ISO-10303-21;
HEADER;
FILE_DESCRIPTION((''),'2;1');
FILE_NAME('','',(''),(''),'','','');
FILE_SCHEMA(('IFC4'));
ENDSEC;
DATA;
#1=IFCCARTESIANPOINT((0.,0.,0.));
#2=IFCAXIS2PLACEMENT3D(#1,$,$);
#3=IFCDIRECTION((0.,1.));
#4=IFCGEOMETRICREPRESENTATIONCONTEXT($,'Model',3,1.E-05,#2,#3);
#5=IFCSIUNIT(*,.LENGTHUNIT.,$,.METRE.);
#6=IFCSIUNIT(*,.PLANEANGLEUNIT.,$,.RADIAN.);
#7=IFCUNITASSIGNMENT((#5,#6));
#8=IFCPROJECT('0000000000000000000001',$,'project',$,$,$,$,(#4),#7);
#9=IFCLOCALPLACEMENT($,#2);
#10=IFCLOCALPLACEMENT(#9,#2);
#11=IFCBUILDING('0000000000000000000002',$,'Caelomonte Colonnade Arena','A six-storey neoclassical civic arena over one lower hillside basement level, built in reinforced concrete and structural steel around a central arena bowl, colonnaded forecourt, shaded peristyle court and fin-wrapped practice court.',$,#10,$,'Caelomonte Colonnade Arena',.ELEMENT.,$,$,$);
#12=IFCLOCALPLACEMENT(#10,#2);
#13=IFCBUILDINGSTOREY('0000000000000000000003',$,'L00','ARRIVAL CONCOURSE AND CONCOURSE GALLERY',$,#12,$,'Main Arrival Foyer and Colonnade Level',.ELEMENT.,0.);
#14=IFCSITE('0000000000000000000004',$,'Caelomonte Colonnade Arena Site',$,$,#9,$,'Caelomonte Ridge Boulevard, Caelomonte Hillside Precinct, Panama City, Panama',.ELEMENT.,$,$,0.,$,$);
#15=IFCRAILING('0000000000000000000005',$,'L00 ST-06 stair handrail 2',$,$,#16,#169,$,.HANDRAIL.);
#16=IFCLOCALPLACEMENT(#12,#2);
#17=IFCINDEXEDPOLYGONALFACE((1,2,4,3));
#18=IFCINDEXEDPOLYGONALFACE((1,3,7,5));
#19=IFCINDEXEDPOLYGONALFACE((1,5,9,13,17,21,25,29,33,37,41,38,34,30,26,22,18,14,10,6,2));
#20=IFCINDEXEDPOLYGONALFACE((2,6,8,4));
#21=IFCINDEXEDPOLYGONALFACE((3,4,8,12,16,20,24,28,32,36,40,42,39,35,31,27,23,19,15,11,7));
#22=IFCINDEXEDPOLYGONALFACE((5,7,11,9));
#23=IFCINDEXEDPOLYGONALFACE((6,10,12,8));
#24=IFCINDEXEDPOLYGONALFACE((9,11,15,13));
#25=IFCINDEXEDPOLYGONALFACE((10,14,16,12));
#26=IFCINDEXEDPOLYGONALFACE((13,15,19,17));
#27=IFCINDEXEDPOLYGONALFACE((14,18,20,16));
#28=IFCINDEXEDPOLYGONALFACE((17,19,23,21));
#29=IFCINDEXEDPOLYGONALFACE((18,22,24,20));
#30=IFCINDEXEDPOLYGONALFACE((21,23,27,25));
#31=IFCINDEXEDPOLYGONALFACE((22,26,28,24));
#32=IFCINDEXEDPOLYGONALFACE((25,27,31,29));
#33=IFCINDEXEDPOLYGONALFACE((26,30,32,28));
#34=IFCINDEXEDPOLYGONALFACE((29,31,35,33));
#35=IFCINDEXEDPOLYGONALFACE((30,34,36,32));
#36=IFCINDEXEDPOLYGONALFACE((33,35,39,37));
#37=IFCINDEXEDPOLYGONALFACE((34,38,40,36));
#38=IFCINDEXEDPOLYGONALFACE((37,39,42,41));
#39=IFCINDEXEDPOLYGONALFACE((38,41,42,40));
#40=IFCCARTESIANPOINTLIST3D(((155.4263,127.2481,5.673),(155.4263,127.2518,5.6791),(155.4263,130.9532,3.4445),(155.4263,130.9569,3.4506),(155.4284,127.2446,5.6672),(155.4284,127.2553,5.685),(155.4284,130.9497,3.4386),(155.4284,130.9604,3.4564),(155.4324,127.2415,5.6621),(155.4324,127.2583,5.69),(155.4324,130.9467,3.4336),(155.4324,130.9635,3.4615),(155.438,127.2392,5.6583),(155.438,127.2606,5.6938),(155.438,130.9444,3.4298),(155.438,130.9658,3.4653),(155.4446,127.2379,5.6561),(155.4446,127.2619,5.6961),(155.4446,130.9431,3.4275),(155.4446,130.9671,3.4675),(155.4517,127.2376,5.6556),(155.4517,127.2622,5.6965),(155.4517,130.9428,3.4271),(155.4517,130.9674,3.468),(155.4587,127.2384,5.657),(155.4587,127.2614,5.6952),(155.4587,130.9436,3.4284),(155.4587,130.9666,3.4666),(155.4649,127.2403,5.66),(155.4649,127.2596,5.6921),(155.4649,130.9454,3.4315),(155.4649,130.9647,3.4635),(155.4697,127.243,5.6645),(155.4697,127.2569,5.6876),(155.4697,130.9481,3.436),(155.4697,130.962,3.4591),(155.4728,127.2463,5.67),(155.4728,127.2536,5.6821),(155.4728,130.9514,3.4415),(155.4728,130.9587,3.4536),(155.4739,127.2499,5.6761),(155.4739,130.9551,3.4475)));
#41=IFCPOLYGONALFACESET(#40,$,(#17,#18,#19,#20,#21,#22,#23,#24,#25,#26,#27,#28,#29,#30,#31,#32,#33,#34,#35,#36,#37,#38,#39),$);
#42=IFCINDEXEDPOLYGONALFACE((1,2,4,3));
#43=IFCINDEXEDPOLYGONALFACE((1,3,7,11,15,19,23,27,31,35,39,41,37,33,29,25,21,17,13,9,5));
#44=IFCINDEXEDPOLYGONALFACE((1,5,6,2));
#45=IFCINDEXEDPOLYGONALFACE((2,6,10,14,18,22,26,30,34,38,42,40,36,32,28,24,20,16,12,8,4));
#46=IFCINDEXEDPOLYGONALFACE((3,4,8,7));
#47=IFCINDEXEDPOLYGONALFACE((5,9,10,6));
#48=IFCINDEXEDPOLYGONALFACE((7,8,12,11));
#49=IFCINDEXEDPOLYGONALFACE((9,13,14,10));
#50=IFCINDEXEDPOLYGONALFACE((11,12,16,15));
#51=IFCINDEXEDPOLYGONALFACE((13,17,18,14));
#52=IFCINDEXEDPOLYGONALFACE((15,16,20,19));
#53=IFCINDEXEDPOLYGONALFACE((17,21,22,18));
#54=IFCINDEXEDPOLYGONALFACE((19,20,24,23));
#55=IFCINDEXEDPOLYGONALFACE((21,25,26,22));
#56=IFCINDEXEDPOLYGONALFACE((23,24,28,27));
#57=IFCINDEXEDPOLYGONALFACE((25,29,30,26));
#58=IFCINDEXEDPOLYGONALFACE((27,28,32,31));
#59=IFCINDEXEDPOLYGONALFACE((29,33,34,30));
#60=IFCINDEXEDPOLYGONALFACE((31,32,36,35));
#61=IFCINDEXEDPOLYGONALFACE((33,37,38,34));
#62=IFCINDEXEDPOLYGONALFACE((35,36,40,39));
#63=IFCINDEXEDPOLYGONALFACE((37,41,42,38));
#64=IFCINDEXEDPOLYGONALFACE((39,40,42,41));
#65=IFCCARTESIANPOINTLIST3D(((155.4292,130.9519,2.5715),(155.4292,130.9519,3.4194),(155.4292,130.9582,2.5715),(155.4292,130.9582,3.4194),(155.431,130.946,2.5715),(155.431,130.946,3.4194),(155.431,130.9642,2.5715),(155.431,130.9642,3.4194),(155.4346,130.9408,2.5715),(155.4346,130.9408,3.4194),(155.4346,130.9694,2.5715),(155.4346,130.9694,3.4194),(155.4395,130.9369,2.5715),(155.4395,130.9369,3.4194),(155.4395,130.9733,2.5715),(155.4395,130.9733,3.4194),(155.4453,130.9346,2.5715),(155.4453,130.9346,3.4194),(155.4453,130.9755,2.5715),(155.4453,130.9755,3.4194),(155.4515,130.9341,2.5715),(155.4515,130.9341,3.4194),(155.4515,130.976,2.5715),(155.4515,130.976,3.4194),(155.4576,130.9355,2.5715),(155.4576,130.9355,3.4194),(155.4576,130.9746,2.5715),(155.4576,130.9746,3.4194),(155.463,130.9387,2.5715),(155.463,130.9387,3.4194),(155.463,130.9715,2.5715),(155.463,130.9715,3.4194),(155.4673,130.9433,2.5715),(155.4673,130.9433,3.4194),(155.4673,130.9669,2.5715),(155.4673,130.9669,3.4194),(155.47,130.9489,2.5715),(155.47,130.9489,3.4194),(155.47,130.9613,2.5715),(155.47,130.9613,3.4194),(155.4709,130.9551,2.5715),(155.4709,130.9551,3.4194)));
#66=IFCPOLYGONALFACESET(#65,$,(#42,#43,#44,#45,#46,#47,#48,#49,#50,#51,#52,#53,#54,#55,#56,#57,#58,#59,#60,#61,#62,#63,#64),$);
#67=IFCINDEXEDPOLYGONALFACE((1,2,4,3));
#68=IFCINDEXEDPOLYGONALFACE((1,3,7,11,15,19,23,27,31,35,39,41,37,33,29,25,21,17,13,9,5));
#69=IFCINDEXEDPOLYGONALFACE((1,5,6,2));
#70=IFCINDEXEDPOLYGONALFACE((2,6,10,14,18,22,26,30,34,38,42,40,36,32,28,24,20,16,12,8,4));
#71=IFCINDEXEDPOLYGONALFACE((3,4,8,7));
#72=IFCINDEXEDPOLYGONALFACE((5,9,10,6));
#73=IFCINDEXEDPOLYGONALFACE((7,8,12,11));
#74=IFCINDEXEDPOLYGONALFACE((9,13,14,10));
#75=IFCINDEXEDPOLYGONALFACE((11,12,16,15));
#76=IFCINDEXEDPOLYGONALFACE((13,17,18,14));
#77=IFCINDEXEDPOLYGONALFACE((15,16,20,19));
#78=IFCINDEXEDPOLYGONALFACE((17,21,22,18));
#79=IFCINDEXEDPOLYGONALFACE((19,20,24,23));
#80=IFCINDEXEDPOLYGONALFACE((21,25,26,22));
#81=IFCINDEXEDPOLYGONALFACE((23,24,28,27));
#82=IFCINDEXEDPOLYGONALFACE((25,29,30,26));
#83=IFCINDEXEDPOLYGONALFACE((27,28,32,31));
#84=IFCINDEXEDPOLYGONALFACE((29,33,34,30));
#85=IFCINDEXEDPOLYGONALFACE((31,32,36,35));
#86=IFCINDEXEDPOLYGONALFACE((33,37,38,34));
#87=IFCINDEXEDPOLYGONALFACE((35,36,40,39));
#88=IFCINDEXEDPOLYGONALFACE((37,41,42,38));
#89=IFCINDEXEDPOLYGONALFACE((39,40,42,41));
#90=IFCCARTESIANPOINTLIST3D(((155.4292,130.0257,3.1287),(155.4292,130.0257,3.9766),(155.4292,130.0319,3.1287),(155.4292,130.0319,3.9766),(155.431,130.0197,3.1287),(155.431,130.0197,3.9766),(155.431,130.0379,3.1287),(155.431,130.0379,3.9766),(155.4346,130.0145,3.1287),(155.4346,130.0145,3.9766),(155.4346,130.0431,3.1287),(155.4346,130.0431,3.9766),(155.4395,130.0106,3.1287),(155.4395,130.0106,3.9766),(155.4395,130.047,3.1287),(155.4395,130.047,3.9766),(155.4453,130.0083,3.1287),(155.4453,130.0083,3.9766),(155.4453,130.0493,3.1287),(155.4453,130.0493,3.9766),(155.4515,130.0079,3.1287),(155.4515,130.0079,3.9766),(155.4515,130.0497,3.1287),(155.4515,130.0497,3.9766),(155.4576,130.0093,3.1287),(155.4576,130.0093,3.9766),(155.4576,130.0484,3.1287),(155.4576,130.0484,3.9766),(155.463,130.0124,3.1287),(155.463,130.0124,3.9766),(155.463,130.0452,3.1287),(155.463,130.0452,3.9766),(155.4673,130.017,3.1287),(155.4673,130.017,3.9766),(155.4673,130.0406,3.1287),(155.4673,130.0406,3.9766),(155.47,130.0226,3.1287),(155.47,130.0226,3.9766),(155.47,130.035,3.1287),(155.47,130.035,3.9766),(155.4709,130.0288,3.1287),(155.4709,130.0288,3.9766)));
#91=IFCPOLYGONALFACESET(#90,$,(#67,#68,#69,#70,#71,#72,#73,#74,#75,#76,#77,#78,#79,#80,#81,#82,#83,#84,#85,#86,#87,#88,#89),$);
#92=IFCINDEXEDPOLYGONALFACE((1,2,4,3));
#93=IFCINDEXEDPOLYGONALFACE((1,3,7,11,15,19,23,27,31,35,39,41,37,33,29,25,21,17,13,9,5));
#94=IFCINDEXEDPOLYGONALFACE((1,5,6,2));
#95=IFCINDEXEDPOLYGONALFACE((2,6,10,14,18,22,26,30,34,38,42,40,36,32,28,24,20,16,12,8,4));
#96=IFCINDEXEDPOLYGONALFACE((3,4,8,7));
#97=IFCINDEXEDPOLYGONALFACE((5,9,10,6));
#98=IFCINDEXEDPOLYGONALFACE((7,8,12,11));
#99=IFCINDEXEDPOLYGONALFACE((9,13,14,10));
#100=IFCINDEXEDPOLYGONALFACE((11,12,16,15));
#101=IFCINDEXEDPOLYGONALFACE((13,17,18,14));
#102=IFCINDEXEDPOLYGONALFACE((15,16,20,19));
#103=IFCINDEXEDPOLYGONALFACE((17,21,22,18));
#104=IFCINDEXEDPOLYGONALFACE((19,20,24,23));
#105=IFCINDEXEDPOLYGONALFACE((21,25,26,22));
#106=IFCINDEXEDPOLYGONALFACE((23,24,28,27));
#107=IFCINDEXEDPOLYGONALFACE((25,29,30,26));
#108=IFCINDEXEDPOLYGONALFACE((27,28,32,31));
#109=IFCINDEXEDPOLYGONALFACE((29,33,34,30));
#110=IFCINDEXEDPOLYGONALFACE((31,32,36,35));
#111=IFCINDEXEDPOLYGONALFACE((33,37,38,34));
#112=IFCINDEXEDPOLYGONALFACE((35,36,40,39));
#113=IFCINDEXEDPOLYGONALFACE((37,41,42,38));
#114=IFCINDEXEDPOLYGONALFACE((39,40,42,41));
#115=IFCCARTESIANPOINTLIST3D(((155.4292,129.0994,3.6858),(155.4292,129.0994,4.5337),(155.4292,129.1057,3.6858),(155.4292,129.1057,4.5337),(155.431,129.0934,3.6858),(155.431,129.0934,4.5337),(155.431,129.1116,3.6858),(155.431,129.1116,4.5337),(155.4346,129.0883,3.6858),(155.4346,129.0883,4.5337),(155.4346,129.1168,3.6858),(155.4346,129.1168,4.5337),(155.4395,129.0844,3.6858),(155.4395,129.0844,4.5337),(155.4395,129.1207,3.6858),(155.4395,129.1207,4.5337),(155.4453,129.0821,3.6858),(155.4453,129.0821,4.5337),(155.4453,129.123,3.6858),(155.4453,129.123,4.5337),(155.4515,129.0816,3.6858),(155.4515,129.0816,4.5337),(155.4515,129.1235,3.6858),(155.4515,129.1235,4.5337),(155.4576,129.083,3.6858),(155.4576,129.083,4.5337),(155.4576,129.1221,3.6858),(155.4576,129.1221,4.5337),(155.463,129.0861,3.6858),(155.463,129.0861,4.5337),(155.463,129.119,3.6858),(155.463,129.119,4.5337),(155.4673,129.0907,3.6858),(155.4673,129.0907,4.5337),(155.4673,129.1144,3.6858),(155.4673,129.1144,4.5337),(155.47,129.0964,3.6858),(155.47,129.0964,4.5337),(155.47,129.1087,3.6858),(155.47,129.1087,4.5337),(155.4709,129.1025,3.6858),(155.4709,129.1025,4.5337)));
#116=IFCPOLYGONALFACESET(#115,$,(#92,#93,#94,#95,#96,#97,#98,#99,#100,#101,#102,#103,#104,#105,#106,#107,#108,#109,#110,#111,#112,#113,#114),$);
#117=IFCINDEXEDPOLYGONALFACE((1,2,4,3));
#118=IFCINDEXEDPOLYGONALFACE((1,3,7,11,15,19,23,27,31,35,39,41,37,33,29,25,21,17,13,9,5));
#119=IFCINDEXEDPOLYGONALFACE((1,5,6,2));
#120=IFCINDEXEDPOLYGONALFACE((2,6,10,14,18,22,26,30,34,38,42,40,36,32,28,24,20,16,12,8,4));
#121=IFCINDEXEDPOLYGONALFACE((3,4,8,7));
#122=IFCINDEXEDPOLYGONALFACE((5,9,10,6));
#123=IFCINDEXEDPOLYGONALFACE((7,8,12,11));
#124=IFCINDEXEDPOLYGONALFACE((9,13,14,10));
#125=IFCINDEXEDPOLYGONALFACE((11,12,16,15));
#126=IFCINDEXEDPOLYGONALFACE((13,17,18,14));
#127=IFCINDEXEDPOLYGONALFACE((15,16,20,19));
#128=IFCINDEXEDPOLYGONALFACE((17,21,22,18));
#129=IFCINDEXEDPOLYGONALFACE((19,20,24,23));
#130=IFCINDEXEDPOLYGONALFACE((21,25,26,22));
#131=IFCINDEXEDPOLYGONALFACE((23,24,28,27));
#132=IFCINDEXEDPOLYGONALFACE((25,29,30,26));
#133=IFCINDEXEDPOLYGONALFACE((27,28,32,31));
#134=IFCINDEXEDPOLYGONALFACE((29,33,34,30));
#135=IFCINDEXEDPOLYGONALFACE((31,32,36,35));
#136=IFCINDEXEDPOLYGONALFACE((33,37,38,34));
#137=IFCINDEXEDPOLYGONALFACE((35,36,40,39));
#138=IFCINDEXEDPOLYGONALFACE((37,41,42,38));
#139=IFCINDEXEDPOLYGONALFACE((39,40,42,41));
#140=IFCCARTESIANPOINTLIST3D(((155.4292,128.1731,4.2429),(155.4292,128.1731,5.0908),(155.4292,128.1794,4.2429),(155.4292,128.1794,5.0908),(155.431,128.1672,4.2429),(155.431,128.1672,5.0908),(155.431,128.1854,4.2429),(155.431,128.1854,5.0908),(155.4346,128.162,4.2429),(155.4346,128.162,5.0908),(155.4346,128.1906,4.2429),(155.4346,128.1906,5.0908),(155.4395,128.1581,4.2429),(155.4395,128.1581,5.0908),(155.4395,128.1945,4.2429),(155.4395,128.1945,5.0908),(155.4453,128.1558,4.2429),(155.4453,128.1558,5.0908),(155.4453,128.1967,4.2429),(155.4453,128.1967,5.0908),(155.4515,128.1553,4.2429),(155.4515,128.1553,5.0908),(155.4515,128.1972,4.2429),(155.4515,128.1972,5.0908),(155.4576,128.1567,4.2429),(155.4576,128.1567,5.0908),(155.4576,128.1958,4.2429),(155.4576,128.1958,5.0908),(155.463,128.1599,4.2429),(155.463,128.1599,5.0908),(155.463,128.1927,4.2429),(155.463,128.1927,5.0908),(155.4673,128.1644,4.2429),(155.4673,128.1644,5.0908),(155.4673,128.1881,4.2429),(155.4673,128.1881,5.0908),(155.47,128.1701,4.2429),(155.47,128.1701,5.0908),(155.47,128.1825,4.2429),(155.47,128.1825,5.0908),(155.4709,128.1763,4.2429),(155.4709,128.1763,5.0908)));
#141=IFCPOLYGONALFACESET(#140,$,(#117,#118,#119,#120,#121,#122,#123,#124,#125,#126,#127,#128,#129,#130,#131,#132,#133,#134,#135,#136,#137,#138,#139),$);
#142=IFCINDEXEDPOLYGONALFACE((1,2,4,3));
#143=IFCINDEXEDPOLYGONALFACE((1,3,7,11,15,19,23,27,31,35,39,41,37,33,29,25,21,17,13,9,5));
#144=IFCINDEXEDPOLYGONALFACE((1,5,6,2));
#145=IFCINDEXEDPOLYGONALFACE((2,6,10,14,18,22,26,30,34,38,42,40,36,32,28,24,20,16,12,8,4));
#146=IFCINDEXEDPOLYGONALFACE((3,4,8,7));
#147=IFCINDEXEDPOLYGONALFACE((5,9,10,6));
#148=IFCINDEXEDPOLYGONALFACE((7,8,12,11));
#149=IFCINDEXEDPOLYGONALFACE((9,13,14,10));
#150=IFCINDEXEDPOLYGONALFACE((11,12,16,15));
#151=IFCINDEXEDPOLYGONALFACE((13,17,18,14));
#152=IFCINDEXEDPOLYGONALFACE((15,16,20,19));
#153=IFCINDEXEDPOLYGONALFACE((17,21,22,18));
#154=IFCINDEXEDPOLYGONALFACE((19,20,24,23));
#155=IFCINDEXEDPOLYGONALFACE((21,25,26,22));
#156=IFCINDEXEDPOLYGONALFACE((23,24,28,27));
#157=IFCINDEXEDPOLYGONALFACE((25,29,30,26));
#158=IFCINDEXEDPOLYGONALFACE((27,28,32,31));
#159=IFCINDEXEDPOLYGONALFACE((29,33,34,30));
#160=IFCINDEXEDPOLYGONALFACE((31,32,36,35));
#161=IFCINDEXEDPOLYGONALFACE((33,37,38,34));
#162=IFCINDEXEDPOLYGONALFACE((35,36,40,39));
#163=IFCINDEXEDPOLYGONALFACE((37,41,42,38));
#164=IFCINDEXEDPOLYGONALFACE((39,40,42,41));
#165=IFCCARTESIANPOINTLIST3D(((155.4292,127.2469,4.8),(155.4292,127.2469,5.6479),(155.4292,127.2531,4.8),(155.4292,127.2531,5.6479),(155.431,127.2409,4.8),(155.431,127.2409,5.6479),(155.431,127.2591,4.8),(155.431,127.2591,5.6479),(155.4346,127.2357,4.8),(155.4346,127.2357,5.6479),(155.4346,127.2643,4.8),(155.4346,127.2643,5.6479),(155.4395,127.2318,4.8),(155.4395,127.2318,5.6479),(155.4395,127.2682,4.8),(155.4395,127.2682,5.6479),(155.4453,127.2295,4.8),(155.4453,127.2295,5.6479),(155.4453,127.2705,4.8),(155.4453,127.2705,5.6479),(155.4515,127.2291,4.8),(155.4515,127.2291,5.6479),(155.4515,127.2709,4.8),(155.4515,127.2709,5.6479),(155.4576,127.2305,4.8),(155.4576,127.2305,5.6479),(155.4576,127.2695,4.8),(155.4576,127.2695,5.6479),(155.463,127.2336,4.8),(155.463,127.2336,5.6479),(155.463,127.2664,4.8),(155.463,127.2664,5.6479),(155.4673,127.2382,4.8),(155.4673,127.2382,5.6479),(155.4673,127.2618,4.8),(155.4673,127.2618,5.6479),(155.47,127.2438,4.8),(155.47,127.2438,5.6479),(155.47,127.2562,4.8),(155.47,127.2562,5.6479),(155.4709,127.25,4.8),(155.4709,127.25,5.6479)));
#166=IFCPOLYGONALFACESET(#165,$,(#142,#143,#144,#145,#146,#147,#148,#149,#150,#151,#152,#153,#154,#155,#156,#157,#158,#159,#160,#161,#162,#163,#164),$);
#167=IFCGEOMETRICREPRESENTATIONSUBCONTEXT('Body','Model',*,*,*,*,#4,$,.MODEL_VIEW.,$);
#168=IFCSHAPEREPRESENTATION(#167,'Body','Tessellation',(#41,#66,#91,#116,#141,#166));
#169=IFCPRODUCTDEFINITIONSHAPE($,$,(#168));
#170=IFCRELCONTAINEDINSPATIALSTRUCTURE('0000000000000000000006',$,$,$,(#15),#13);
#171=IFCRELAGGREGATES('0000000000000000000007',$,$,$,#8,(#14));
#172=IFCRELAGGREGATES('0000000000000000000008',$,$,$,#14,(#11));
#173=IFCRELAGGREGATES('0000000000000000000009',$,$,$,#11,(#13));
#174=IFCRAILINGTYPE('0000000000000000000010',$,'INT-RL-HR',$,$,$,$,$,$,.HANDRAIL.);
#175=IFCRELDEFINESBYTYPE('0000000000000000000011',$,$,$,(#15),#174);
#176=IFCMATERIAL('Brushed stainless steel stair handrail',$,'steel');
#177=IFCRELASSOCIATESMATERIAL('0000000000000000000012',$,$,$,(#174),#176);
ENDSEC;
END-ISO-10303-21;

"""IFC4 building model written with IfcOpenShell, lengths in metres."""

from ifc_helpers import new_model, si_unit, direction, frame, origin, origin_2d, place, context, subcontext, project, spatial, circle, extrude, material, type_object, element, save


model = new_model("IFC4")

# Units and contexts
model_context = context("Model", 3, precision=1e-05, world=origin(), true_north=direction((0.0, 1.0)))
body_context = subcontext(model_context, "Body", "Model", "MODEL_VIEW")
ifc_project = project(units=[si_unit("LENGTHUNIT", "METRE"), si_unit("PLANEANGLEUNIT", "RADIAN")], contexts=[model_context])

# Site, building, storey
site_placement = place(None, origin())
site = spatial("IfcSite", under=ifc_project, at=site_placement, Name="Caelomonte Colonnade Arena Site", LongName="Caelomonte Ridge Boulevard, Caelomonte Hillside Precinct, Panama City, Panama", CompositionType="ELEMENT", RefElevation=0.0)
building_placement = place(site_placement, origin())
building = spatial("IfcBuilding", under=site, at=building_placement, Name="Caelomonte Colonnade Arena", Description="A six-storey neoclassical civic arena over one lower hillside basement level, built in reinforced concrete and structural steel around a central arena bowl, colonnaded forecourt, shaded peristyle court and fin-wrapped practice court.", LongName="Caelomonte Colonnade Arena", CompositionType="ELEMENT")
storey_placement = place(building_placement, origin())
storey = spatial("IfcBuildingStorey", under=building, at=storey_placement, Name="L00", Description="ARRIVAL CONCOURSE AND CONCOURSE GALLERY", LongName="Main Arrival Foyer and Colonnade Level", CompositionType="ELEMENT", Elevation=0.0)

# Railing
ifc_material_1 = material(Name="Brushed stainless steel stair handrail", Category="steel")
railing_type_1 = type_object("IfcRailingType", Name="INT-RL-HR", PredefinedType="HANDRAIL", material=ifc_material_1)
railing_1_placement = place(storey_placement, frame((155.45, 130.9551, 2.5715)))
element("IfcRailing", 1, at=railing_1_placement, inside=storey, type_object=railing_type_1, Name="L00 ST-06 stair handrail 2", PredefinedType="HANDRAIL", context=body_context, shape_type="SweptSolid", body=[
    extrude(circle(Radius=0.0239, at=origin_2d()), frame((0.0, 0.0, 0.876), z_axis=(0.0, -0.856934, 0.515425), x_axis=(1.0, 0.0, 0.0)), (0.0, 0.0, 1.0), 4.3237),
    extrude(circle(Radius=0.021, at=origin_2d()), origin(), (0.0, 0.0, 1.0), 0.8479),
    extrude(circle(Radius=0.021, at=origin_2d()), frame((0.0, -0.9263, 0.5571)), (0.0, 0.0, 1.0), 0.8479),
    extrude(circle(Radius=0.021, at=origin_2d()), frame((0.0, -1.8525, 1.1143)), (0.0, 0.0, 1.0), 0.8479),
    extrude(circle(Radius=0.021, at=origin_2d()), frame((0.0, -2.7788, 1.6714)), (0.0, 0.0, 1.0), 0.8479),
    extrude(circle(Radius=0.021, at=origin_2d()), frame((0.0, -3.7051, 2.2285)), (0.0, 0.0, 1.0), 0.8479),
])

save(model, "model.ifc")
